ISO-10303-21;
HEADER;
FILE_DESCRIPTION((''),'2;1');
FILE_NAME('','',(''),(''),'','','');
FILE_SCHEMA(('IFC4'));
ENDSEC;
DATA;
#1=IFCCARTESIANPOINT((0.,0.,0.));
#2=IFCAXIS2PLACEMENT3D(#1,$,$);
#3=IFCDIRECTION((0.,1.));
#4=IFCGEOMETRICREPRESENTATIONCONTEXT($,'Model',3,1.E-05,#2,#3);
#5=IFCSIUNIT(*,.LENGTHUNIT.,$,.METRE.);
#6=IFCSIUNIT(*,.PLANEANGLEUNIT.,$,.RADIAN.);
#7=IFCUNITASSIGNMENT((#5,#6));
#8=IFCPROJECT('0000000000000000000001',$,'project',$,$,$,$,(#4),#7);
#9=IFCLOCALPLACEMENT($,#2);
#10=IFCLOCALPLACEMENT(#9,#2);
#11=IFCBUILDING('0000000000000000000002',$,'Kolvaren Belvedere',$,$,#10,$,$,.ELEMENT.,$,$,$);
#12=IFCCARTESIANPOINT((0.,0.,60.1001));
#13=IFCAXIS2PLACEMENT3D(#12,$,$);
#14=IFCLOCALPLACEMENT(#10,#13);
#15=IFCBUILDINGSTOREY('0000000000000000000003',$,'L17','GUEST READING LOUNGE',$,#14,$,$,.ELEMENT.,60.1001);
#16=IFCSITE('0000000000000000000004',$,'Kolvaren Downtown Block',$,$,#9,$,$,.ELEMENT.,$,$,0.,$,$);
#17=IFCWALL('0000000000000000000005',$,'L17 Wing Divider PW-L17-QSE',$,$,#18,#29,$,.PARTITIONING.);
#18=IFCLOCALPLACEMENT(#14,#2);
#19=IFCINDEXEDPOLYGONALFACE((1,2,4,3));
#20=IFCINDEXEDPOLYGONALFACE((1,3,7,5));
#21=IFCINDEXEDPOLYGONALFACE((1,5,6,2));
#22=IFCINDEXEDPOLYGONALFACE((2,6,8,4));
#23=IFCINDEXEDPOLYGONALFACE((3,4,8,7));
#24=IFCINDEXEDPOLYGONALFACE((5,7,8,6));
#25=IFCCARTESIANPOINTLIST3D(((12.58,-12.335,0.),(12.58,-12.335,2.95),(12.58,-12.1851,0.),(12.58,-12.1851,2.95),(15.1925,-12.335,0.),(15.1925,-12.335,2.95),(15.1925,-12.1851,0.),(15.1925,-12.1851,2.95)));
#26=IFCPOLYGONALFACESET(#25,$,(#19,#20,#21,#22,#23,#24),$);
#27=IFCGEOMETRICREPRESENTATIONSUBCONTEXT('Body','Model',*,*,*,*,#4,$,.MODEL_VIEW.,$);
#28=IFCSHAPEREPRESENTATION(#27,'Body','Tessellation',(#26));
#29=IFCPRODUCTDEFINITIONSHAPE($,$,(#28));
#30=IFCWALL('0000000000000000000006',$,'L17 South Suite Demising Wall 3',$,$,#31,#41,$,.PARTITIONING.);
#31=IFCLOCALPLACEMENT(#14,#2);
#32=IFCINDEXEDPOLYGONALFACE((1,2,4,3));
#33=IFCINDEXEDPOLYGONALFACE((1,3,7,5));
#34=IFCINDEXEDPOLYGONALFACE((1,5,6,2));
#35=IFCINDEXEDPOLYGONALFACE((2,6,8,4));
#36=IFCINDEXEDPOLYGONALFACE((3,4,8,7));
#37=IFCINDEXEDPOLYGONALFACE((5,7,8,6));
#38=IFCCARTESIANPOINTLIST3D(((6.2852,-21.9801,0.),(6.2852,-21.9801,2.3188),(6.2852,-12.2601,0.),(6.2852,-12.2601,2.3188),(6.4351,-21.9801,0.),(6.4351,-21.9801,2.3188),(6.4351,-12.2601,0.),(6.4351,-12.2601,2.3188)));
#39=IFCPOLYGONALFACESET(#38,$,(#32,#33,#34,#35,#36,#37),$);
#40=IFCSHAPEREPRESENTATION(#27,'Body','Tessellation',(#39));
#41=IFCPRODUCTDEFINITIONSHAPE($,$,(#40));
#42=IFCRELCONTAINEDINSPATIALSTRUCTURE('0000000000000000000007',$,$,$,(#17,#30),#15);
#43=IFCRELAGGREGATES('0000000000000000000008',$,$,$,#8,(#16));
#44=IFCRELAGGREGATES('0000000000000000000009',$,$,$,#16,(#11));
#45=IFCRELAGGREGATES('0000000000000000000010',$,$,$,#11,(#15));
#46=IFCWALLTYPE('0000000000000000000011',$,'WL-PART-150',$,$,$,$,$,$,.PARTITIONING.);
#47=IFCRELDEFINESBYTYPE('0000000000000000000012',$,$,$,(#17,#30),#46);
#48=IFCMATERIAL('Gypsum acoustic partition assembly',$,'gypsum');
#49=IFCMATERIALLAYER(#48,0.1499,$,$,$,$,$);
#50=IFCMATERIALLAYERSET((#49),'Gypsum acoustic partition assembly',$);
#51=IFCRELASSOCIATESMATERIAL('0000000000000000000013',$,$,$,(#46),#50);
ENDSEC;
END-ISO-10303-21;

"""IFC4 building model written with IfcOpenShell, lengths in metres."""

from ifc_helpers import new_model, si_unit, direction, frame, frame_2d, origin, place, context, subcontext, project, spatial, rectangle, extrude, material, layer, layer_set, type_object, element, save


model = new_model("IFC4")

# Units and contexts
model_context = context("Model", 3, precision=1e-05, world=origin(), true_north=direction((0.0, 1.0)))
body_context = subcontext(model_context, "Body", "Model", "MODEL_VIEW")
ifc_project = project(units=[si_unit("LENGTHUNIT", "METRE"), si_unit("PLANEANGLEUNIT", "RADIAN")], contexts=[model_context])

# Site, building, storey
site_placement = place(None, origin())
site = spatial("IfcSite", under=ifc_project, at=site_placement, Name="Kolvaren Downtown Block", CompositionType="ELEMENT", RefElevation=0.0)
building_placement = place(site_placement, origin())
building = spatial("IfcBuilding", under=site, at=building_placement, Name="Kolvaren Belvedere", CompositionType="ELEMENT")
storey_placement = place(building_placement, frame((0.0, 0.0, 60.1001)))
storey = spatial("IfcBuildingStorey", under=building, at=storey_placement, Name="L17", Description="GUEST READING LOUNGE", CompositionType="ELEMENT", Elevation=60.1001)

# Walls
ifc_material_1 = material(Name="Gypsum acoustic partition assembly", Category="gypsum")
ifc_layer_1 = layer(ifc_material_1, 0.1499)
ifc_layer_set_1 = layer_set([ifc_layer_1], Name="Gypsum acoustic partition assembly")
wall_type_1 = type_object("IfcWallType", Name="WL-PART-150", PredefinedType="PARTITIONING", material=ifc_layer_set_1)
wall_1_placement = place(storey_placement, frame((12.5801, -12.26, 0.0), z_axis=(0.0, 0.0, 1.0), x_axis=(1.0, 0.0, 0.0)))
element("IfcWall", 1, at=wall_1_placement, inside=storey, type_object=wall_type_1, Name="L17 Wing Divider PW-L17-QSE", PredefinedType="PARTITIONING", context=body_context, shape_type="SweptSolid", body=[
    extrude(rectangle(XDim=2.6125, YDim=0.1499, at=frame_2d((1.3062, 0.0))), origin(), (0.0, 0.0, 1.0), 2.95),
])
wall_2_placement = place(storey_placement, frame((6.3601, -21.98, 0.0), z_axis=(0.0, 0.0, 1.0), x_axis=(0.0, 1.0, 0.0)))
element("IfcWall", 2, at=wall_2_placement, inside=storey, type_object=wall_type_1, Name="L17 South Suite Demising Wall 3", PredefinedType="PARTITIONING", context=body_context, shape_type="SweptSolid", body=[
    extrude(rectangle(XDim=9.72, YDim=0.1499, at=frame_2d((4.8599, 0.0))), origin(), (0.0, 0.0, 1.0), 2.3188),
])

save(model, "model.ifc")
